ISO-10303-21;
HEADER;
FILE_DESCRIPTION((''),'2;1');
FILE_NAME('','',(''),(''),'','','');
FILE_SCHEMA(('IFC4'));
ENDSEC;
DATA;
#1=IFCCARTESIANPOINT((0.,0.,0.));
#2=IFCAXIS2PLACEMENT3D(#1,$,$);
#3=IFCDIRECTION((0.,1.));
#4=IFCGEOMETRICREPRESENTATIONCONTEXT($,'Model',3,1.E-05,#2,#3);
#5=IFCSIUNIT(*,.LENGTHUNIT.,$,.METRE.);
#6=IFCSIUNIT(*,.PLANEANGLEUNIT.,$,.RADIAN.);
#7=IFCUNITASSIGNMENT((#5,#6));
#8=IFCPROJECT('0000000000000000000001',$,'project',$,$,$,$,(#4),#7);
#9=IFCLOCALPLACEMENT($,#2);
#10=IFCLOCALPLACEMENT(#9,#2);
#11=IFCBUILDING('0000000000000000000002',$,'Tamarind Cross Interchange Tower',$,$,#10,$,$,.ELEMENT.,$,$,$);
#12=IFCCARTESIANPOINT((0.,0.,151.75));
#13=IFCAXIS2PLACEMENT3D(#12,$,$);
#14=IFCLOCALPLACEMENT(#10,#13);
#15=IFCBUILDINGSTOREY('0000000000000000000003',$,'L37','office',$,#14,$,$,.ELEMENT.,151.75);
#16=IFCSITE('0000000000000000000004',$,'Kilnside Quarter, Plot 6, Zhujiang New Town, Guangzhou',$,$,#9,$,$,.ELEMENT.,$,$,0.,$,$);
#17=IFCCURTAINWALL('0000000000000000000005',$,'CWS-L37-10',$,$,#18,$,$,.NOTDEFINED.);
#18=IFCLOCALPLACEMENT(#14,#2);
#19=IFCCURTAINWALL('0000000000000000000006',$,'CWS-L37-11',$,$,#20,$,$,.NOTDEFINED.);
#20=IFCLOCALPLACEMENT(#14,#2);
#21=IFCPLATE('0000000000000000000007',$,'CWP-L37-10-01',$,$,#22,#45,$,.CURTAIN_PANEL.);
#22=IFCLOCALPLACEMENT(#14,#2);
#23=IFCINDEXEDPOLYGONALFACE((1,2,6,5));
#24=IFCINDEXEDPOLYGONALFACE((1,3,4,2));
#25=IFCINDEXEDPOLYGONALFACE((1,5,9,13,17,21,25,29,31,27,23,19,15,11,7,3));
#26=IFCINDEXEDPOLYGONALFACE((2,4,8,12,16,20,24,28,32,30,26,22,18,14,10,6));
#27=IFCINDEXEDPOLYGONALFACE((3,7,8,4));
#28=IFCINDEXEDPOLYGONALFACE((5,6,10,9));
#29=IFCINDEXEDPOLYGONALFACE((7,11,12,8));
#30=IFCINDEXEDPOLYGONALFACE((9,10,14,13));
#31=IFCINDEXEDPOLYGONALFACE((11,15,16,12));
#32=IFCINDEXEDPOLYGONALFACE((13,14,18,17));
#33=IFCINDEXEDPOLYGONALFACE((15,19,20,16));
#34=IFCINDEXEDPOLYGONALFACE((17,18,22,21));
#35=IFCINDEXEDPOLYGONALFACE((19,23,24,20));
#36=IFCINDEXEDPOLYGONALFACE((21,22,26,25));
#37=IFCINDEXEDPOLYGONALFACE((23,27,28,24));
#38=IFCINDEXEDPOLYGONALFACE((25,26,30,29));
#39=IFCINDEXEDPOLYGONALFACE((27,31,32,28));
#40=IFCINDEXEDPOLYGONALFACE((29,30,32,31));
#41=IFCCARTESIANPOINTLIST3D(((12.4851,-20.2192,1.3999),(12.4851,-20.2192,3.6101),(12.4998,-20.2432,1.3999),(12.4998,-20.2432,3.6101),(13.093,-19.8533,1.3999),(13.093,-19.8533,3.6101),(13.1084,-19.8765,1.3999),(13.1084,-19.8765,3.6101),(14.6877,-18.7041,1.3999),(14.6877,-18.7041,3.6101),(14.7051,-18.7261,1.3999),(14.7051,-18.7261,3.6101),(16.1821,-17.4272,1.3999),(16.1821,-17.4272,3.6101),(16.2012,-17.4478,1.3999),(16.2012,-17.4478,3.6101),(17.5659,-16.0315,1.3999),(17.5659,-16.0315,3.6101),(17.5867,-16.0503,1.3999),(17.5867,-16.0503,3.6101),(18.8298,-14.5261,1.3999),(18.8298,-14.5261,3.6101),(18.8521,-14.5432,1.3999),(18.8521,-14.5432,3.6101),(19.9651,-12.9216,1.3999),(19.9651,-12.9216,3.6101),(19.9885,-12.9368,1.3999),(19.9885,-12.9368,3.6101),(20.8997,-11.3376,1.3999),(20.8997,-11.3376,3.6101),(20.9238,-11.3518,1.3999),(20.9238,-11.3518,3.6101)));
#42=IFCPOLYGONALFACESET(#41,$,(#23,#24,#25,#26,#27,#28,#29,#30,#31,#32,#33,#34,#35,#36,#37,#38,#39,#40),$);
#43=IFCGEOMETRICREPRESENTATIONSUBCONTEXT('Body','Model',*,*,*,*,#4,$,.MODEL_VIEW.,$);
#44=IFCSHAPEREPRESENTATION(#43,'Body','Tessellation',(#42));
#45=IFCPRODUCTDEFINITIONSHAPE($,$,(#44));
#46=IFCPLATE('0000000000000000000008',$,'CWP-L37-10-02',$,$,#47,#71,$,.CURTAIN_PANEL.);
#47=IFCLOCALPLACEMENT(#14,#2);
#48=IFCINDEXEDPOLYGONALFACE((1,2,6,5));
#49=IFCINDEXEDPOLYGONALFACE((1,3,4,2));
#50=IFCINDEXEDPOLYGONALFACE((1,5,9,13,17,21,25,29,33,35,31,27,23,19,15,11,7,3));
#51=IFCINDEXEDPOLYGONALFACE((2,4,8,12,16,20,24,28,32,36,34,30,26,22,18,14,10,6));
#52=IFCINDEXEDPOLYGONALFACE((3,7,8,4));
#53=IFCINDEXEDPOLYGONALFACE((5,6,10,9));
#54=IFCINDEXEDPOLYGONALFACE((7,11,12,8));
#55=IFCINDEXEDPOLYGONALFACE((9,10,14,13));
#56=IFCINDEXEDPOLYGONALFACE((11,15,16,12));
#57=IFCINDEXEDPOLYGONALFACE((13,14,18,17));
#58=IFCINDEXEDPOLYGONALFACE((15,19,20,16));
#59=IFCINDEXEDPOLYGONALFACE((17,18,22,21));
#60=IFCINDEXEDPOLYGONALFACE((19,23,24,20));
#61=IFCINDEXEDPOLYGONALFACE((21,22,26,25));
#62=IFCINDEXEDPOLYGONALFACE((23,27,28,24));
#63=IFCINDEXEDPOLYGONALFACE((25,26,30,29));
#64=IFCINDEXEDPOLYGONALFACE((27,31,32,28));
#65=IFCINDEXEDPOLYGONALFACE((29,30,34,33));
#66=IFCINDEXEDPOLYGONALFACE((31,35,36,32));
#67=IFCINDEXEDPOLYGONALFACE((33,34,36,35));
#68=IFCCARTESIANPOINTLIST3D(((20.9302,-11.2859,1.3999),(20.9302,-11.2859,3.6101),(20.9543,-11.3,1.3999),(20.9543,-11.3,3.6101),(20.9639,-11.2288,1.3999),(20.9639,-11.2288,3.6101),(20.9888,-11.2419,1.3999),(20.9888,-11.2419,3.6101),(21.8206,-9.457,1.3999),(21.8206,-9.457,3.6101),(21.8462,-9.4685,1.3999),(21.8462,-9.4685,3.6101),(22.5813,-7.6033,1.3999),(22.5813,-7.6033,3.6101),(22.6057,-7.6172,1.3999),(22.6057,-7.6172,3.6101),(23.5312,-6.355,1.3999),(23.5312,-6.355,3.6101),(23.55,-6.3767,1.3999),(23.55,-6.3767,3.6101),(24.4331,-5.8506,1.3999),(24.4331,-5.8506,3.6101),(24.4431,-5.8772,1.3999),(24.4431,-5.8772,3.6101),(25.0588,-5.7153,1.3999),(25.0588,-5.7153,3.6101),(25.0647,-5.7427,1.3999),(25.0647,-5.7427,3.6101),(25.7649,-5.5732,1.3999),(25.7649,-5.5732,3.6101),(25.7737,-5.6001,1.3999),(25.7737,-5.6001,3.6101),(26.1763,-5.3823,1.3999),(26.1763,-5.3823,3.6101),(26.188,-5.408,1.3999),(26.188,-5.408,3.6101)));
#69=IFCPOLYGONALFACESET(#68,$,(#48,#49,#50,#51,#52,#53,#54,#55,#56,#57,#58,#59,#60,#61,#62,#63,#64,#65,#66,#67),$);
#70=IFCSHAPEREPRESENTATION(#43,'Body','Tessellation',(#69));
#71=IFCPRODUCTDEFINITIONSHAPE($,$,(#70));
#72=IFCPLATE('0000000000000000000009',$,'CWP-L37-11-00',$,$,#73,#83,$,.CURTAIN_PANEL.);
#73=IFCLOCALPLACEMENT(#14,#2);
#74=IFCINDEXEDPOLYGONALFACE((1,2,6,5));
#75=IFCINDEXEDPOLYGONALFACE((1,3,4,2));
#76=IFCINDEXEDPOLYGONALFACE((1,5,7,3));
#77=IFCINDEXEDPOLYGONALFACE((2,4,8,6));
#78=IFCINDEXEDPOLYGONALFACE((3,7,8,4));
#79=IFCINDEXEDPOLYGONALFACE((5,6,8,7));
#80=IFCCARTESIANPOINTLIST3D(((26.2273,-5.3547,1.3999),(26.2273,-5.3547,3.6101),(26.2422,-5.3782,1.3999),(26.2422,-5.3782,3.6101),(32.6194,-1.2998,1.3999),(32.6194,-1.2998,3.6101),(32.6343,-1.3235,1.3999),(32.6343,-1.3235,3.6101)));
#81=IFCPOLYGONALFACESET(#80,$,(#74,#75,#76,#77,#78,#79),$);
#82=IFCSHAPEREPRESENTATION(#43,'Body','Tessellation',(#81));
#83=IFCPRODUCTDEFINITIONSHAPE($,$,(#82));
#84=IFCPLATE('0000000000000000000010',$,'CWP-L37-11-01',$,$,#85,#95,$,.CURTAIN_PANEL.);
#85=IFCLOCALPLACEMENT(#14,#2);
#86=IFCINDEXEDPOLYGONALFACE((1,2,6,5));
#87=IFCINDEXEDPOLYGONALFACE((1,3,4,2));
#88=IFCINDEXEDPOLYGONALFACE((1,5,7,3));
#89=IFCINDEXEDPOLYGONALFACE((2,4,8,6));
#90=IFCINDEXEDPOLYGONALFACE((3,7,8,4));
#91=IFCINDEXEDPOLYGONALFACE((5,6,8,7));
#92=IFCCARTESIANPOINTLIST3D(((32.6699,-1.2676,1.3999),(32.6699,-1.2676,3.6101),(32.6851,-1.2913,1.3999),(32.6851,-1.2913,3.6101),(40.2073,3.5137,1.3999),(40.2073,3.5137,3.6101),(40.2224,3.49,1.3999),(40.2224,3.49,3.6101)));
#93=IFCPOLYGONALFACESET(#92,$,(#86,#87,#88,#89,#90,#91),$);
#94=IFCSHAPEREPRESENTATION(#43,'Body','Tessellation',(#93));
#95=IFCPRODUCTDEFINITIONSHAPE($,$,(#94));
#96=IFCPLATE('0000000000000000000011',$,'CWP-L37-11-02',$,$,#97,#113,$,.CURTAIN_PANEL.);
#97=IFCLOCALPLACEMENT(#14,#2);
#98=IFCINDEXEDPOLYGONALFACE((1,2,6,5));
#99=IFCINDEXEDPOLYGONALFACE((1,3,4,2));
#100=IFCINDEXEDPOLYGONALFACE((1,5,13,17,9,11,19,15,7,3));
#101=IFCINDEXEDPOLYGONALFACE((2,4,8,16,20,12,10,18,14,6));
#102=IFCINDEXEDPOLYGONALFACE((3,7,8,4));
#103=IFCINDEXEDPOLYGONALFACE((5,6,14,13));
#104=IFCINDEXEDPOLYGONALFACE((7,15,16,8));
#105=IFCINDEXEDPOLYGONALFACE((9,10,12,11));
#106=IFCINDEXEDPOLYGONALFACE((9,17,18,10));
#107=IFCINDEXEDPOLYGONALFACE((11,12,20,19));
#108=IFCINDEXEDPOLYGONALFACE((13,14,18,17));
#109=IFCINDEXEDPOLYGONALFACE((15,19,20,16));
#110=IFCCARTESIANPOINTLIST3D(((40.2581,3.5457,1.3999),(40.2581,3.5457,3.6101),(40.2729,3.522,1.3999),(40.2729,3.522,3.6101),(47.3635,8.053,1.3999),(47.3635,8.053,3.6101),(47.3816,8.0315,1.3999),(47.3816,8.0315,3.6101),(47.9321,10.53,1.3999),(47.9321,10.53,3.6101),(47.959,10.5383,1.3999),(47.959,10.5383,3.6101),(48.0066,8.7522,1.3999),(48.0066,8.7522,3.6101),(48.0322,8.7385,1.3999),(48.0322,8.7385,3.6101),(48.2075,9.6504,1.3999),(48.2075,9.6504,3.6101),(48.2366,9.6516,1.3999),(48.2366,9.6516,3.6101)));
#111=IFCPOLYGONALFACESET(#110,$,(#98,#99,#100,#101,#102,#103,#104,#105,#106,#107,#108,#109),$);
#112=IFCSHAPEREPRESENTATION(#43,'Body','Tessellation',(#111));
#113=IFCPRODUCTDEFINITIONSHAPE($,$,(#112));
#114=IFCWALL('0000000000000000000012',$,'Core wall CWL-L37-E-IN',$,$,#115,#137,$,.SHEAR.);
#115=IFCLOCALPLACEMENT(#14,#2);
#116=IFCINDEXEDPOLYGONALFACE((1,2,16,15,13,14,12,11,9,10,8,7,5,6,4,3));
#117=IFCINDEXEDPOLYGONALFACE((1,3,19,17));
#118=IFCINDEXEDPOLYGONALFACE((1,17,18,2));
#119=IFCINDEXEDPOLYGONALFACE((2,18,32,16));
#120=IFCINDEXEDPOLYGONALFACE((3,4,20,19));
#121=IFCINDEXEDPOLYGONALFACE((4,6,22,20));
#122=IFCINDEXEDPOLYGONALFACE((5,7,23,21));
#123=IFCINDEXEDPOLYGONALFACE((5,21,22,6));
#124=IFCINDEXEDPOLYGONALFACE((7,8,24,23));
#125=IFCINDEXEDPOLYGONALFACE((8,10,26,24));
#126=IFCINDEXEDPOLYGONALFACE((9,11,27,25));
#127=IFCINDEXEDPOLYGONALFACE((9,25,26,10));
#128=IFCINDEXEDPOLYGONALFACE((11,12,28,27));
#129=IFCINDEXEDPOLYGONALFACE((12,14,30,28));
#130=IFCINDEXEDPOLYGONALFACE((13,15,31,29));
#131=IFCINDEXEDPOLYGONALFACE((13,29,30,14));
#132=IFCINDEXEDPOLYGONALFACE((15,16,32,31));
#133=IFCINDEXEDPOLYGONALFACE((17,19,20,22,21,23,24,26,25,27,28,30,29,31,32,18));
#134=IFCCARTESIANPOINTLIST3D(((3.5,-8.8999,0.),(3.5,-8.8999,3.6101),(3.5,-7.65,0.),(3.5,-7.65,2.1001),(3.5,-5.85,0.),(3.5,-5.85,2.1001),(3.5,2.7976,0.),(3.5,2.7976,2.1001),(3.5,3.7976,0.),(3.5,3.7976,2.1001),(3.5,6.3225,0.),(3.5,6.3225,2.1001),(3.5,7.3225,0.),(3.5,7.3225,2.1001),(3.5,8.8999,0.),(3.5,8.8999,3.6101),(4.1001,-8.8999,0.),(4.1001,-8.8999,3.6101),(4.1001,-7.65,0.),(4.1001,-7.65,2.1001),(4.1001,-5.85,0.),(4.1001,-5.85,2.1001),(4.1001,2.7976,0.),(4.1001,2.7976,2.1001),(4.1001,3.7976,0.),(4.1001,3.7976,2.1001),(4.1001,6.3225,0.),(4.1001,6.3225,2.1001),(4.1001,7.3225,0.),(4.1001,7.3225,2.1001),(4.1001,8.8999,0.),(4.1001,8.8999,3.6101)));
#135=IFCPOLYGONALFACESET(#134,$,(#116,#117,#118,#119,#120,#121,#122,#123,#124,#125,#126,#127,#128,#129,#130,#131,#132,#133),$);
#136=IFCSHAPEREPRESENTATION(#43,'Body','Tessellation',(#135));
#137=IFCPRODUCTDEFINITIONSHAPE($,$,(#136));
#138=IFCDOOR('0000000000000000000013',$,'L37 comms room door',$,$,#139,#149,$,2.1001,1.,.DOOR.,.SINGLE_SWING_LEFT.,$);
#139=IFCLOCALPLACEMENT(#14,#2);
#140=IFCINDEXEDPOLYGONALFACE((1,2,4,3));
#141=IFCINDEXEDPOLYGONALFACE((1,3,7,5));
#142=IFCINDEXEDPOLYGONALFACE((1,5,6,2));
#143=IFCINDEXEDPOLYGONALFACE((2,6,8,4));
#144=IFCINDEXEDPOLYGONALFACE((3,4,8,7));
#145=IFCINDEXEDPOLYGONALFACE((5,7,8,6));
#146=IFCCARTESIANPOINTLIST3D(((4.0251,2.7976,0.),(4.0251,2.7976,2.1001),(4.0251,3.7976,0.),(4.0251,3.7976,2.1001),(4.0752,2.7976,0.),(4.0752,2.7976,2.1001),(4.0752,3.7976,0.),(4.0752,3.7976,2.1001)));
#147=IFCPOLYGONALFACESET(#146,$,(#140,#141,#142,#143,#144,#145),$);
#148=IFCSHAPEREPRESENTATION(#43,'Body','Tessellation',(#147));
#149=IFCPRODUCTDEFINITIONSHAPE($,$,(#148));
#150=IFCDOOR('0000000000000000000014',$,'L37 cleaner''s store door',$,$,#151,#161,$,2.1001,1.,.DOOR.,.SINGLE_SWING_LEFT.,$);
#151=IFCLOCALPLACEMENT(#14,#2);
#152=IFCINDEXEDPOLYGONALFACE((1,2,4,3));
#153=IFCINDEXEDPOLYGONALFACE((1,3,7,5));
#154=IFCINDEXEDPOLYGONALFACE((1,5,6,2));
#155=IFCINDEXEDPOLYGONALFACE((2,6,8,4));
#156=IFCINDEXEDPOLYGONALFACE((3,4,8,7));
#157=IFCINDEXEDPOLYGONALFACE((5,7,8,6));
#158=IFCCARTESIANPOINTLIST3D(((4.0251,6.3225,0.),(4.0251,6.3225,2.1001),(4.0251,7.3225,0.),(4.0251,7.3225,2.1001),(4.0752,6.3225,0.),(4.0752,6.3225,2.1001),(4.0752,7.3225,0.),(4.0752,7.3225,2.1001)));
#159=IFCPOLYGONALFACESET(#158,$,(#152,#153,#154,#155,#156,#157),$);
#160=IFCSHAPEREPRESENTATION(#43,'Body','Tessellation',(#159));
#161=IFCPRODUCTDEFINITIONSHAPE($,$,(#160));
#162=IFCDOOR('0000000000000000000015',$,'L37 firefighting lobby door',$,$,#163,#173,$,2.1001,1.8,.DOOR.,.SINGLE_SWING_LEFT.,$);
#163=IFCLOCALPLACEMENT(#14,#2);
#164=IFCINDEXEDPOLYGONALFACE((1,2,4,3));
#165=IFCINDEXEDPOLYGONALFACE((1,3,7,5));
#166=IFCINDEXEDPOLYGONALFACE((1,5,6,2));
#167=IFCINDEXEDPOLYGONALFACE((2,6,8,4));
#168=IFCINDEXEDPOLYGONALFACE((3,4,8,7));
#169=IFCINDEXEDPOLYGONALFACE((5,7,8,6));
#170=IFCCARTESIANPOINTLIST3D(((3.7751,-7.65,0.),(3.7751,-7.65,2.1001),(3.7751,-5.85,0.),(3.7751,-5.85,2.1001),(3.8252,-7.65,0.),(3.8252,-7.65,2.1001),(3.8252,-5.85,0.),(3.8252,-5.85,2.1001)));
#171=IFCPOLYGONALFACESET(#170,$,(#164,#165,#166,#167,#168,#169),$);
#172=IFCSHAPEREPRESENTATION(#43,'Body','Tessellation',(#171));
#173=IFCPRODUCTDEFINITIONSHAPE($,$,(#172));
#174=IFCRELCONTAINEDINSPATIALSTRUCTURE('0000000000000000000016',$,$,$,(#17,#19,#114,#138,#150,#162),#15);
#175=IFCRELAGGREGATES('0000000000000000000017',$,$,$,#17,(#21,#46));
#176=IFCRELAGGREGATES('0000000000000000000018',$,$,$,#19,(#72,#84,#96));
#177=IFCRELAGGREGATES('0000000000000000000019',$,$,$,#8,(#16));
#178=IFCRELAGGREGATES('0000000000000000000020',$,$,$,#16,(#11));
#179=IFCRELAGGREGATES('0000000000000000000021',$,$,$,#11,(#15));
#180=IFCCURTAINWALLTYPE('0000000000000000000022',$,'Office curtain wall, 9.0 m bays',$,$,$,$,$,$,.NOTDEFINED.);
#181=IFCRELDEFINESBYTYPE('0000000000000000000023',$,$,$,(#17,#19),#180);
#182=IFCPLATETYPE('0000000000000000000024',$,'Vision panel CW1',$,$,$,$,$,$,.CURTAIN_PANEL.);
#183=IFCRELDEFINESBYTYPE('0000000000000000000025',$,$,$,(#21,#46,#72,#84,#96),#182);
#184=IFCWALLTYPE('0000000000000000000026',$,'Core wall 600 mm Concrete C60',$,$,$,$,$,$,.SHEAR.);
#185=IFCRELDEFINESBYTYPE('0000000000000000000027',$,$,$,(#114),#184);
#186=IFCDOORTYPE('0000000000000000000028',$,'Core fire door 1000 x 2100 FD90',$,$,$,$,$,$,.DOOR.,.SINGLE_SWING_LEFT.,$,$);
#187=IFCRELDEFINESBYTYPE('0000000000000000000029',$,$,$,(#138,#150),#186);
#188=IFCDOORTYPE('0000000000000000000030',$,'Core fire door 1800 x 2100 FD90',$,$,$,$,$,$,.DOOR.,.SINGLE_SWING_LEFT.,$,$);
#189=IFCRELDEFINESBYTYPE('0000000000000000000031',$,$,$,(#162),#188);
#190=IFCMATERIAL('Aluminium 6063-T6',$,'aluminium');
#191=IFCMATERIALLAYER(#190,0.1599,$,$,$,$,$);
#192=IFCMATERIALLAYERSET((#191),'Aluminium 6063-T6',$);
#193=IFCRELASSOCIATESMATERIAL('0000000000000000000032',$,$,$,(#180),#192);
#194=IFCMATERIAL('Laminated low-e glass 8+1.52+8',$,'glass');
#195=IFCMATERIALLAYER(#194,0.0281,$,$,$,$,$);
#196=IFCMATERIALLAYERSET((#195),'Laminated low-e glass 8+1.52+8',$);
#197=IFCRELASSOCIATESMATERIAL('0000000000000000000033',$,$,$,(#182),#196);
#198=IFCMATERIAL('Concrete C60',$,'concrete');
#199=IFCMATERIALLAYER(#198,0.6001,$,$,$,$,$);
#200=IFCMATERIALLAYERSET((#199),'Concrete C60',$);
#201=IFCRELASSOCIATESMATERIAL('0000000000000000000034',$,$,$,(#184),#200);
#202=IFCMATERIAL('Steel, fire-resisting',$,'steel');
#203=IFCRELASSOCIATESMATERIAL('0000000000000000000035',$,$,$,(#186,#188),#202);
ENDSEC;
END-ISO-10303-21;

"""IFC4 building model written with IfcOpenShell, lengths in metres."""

from ifc_helpers import new_model, si_unit, direction, frame, frame_2d, origin, place, context, subcontext, project, spatial, polyline, rectangle, outline, extrude, material, layer, layer_set, type_object, element, fill, aggregate, save


model = new_model("IFC4")

# Units and contexts
model_context = context("Model", 3, precision=1e-05, world=origin(), true_north=direction((0.0, 1.0)))
body_context = subcontext(model_context, "Body", "Model", "MODEL_VIEW")
ifc_project = project(units=[si_unit("LENGTHUNIT", "METRE"), si_unit("PLANEANGLEUNIT", "RADIAN")], contexts=[model_context])

# Site, building, storey
site_placement = place(None, origin())
site = spatial("IfcSite", under=ifc_project, at=site_placement, Name="Kilnside Quarter, Plot 6, Zhujiang New Town, Guangzhou", CompositionType="ELEMENT", RefElevation=0.0)
building_placement = place(site_placement, origin())
building = spatial("IfcBuilding", under=site, at=building_placement, Name="Tamarind Cross Interchange Tower", CompositionType="ELEMENT")
storey_placement = place(building_placement, frame((0.0, 0.0, 151.75)))
storey = spatial("IfcBuildingStorey", under=building, at=storey_placement, Name="L37", Description="office", CompositionType="ELEMENT", Elevation=151.75)

# Curtain walls
ifc_material_1 = material(Name="Aluminium 6063-T6", Category="aluminium")
ifc_layer_1 = layer(ifc_material_1, 0.1599)
ifc_layer_set_1 = layer_set([ifc_layer_1], Name="Aluminium 6063-T6")
curtain_wall_type = type_object("IfcCurtainWallType", Name="Office curtain wall, 9.0 m bays", PredefinedType="NOTDEFINED", material=ifc_layer_set_1)
curtain_wall_1_placement = place(storey_placement, origin())
curtain_wall_1 = element("IfcCurtainWall", 1, at=curtain_wall_1_placement, inside=storey, type_object=curtain_wall_type, Name="CWS-L37-10", PredefinedType="NOTDEFINED")
curtain_wall_2_placement = place(storey_placement, origin())
curtain_wall_2 = element("IfcCurtainWall", 2, at=curtain_wall_2_placement, inside=storey, type_object=curtain_wall_type, Name="CWS-L37-11", PredefinedType="NOTDEFINED")

# Plates
ifc_material_2 = material(Name="Laminated low-e glass 8+1.52+8", Category="glass")
ifc_layer_2 = layer(ifc_material_2, 0.0281)
ifc_layer_set_2 = layer_set([ifc_layer_2], Name="Laminated low-e glass 8+1.52+8")
plate_type = type_object("IfcPlateType", Name="Vision panel CW1", PredefinedType="CURTAIN_PANEL", material=ifc_layer_set_2)
plate_1_placement = place(storey_placement, frame((0.0, 0.0, 1.3999)))
plate_1 = element("IfcPlate", 3, at=plate_1_placement, type_object=plate_type, Name="CWP-L37-10-01", PredefinedType="CURTAIN_PANEL", context=body_context, shape_type="SweptSolid", body=[
    extrude(outline(polyline([(12.4851, -20.2192), (13.093, -19.8533), (14.6877, -18.7041), (16.1821, -17.4272), (17.5659, -16.0315), (18.8298, -14.5261), (19.9651, -12.9216), (20.8997, -11.3376), (20.9238, -11.3518), (19.9885, -12.9368), (18.8521, -14.5432), (17.5867, -16.0503), (16.2012, -17.4478), (14.7051, -18.7261), (13.1084, -19.8765), (12.4998, -20.2432), (12.4851, -20.2192)])), origin(), (0.0, 0.0, 1.0), 2.2102),
])
plate_2_placement = place(storey_placement, frame((0.0, 0.0, 1.3999)))
plate_2 = element("IfcPlate", 4, at=plate_2_placement, type_object=plate_type, Name="CWP-L37-10-02", PredefinedType="CURTAIN_PANEL", context=body_context, shape_type="SweptSolid", body=[
    extrude(outline(polyline([(20.9302, -11.2859), (20.9639, -11.2288), (21.8206, -9.457), (22.5813, -7.6033), (23.5312, -6.355), (24.4331, -5.8506), (25.0588, -5.7153), (25.7649, -5.5732), (26.1763, -5.3823), (26.188, -5.408), (25.7737, -5.6001), (25.0647, -5.7427), (24.4431, -5.8772), (23.55, -6.3767), (22.6057, -7.6172), (21.8462, -9.4685), (20.9888, -11.2419), (20.9543, -11.3), (20.9302, -11.2859)])), origin(), (0.0, 0.0, 1.0), 2.2102),
])
aggregate(curtain_wall_1, [plate_1, plate_2])
plate_3_placement = place(storey_placement, frame((0.0, 0.0, 1.3999)))
plate_3 = element("IfcPlate", 5, at=plate_3_placement, type_object=plate_type, Name="CWP-L37-11-00", PredefinedType="CURTAIN_PANEL", context=body_context, shape_type="SweptSolid", body=[
    extrude(outline(polyline([(26.2273, -5.3547), (32.6194, -1.2998), (32.6343, -1.3235), (26.2422, -5.3782), (26.2273, -5.3547)])), origin(), (0.0, 0.0, 1.0), 2.2102),
])
plate_4_placement = place(storey_placement, frame((0.0, 0.0, 1.3999)))
plate_4 = element("IfcPlate", 6, at=plate_4_placement, type_object=plate_type, Name="CWP-L37-11-01", PredefinedType="CURTAIN_PANEL", context=body_context, shape_type="SweptSolid", body=[
    extrude(outline(polyline([(32.6699, -1.2676), (40.2073, 3.5137), (40.2224, 3.49), (32.6851, -1.2913), (32.6699, -1.2676)])), origin(), (0.0, 0.0, 1.0), 2.2102),
])
plate_5_placement = place(storey_placement, frame((0.0, 0.0, 1.3999)))
plate_5 = element("IfcPlate", 7, at=plate_5_placement, type_object=plate_type, Name="CWP-L37-11-02", PredefinedType="CURTAIN_PANEL", context=body_context, shape_type="SweptSolid", body=[
    extrude(outline(polyline([(40.2581, 3.5457), (47.3635, 8.053), (48.0066, 8.7522), (48.2075, 9.6504), (47.9321, 10.53), (47.959, 10.5383), (48.2366, 9.6516), (48.0322, 8.7385), (47.3816, 8.0315), (40.2729, 3.522), (40.2581, 3.5457)])), origin(), (0.0, 0.0, 1.0), 2.2102),
])
aggregate(curtain_wall_2, [plate_3, plate_4, plate_5])

# Wall, openings, doors
ifc_material_3 = material(Name="Concrete C60", Category="concrete")
ifc_layer_3 = layer(ifc_material_3, 0.6001)
ifc_layer_set_3 = layer_set([ifc_layer_3], Name="Concrete C60")
wall_type_1 = type_object("IfcWallType", Name="Core wall 600 mm Concrete C60", PredefinedType="SHEAR", material=ifc_layer_set_3)
wall_1_placement = place(storey_placement, frame((3.8, -8.8999, 0.0), z_axis=(0.0, 0.0, 1.0), x_axis=(0.0, 1.0, 0.0)))
wall_1 = element("IfcWall", 8, at=wall_1_placement, inside=storey, type_object=wall_type_1, Name="Core wall CWL-L37-E-IN", PredefinedType="SHEAR", context=body_context, shape_type="SweptSolid", body=[
    extrude(rectangle(XDim=17.7998, YDim=0.6001, at=frame_2d((8.8999, 0.0))), origin(), (0.0, 0.0, 1.0), 3.6101),
])
opening_1_placement = place(wall_1_placement, frame((1.25, 0.0, 0.0)))
opening_1 = element("IfcOpeningElement", 9, at=opening_1_placement, cuts=wall_1, PredefinedType="OPENING", context=body_context, shape_type="SweptSolid", body=[
    extrude(rectangle(XDim=1.8, YDim=2.1001, at=frame_2d((0.8999, 1.05))), frame((0.0, 0.3101, 0.0), z_axis=(0.0, -1.0, 0.0), x_axis=(1.0, 0.0, 0.0)), (0.0, 0.0, 1.0), 0.6201),
])
opening_2_placement = place(wall_1_placement, frame((11.6975, 0.0, 0.0)))
opening_2 = element("IfcOpeningElement", 10, at=opening_2_placement, cuts=wall_1, PredefinedType="OPENING", context=body_context, shape_type="SweptSolid", body=[
    extrude(rectangle(XDim=1.0, YDim=2.1001, at=frame_2d((0.5, 1.05))), frame((0.0, 0.3101, 0.0), z_axis=(0.0, -1.0, 0.0), x_axis=(1.0, 0.0, 0.0)), (0.0, 0.0, 1.0), 0.6201),
])
opening_3_placement = place(wall_1_placement, frame((15.2224, 0.0, 0.0)))
opening_3 = element("IfcOpeningElement", 11, at=opening_3_placement, cuts=wall_1, PredefinedType="OPENING", context=body_context, shape_type="SweptSolid", body=[
    extrude(rectangle(XDim=1.0, YDim=2.1001, at=frame_2d((0.5, 1.05))), frame((0.0, 0.3101, 0.0), z_axis=(0.0, -1.0, 0.0), x_axis=(1.0, 0.0, 0.0)), (0.0, 0.0, 1.0), 0.6201),
])
ifc_material_4 = material(Name="Steel, fire-resisting", Category="steel")
door_type_1 = type_object("IfcDoorType", Name="Core fire door 1000 x 2100 FD90", OperationType="SINGLE_SWING_LEFT", PredefinedType="DOOR", material=ifc_material_4)
door_1_placement = place(opening_2_placement, origin())
door_1 = element("IfcDoor", 12, at=door_1_placement, inside=storey, type_object=door_type_1, Name="L37 comms room door", OperationType="SINGLE_SWING_LEFT", OverallHeight=2.1001, OverallWidth=1.0, PredefinedType="DOOR", context=body_context, shape_type="SweptSolid", body=[
    extrude(rectangle(XDim=1.0, YDim=2.1001, at=frame_2d((0.5, 1.05))), frame((0.0, -0.2251, 0.0), z_axis=(0.0, -1.0, 0.0), x_axis=(1.0, 0.0, 0.0)), (0.0, 0.0, 1.0), 0.05),
])
fill(opening_2, door_1)
door_2_placement = place(opening_3_placement, origin())
door_2 = element("IfcDoor", 13, at=door_2_placement, inside=storey, type_object=door_type_1, Name="L37 cleaner's store door", OperationType="SINGLE_SWING_LEFT", OverallHeight=2.1001, OverallWidth=1.0, PredefinedType="DOOR", context=body_context, shape_type="SweptSolid", body=[
    extrude(rectangle(XDim=1.0, YDim=2.1001, at=frame_2d((0.5, 1.05))), frame((0.0, -0.2251, 0.0), z_axis=(0.0, -1.0, 0.0), x_axis=(1.0, 0.0, 0.0)), (0.0, 0.0, 1.0), 0.05),
])
fill(opening_3, door_2)
door_type_2 = type_object("IfcDoorType", Name="Core fire door 1800 x 2100 FD90", OperationType="SINGLE_SWING_LEFT", PredefinedType="DOOR", material=ifc_material_4)
door_3_placement = place(opening_1_placement, origin())
door_3 = element("IfcDoor", 14, at=door_3_placement, inside=storey, type_object=door_type_2, Name="L37 firefighting lobby door", OperationType="SINGLE_SWING_LEFT", OverallHeight=2.1001, OverallWidth=1.8, PredefinedType="DOOR", context=body_context, shape_type="SweptSolid", body=[
    extrude(rectangle(XDim=1.8, YDim=2.1001, at=frame_2d((0.8999, 1.05))), frame((0.0, 0.0249, 0.0), z_axis=(0.0, -1.0, 0.0), x_axis=(1.0, 0.0, 0.0)), (0.0, 0.0, 1.0), 0.05),
])
fill(opening_1, door_3)

save(model, "model.ifc")
